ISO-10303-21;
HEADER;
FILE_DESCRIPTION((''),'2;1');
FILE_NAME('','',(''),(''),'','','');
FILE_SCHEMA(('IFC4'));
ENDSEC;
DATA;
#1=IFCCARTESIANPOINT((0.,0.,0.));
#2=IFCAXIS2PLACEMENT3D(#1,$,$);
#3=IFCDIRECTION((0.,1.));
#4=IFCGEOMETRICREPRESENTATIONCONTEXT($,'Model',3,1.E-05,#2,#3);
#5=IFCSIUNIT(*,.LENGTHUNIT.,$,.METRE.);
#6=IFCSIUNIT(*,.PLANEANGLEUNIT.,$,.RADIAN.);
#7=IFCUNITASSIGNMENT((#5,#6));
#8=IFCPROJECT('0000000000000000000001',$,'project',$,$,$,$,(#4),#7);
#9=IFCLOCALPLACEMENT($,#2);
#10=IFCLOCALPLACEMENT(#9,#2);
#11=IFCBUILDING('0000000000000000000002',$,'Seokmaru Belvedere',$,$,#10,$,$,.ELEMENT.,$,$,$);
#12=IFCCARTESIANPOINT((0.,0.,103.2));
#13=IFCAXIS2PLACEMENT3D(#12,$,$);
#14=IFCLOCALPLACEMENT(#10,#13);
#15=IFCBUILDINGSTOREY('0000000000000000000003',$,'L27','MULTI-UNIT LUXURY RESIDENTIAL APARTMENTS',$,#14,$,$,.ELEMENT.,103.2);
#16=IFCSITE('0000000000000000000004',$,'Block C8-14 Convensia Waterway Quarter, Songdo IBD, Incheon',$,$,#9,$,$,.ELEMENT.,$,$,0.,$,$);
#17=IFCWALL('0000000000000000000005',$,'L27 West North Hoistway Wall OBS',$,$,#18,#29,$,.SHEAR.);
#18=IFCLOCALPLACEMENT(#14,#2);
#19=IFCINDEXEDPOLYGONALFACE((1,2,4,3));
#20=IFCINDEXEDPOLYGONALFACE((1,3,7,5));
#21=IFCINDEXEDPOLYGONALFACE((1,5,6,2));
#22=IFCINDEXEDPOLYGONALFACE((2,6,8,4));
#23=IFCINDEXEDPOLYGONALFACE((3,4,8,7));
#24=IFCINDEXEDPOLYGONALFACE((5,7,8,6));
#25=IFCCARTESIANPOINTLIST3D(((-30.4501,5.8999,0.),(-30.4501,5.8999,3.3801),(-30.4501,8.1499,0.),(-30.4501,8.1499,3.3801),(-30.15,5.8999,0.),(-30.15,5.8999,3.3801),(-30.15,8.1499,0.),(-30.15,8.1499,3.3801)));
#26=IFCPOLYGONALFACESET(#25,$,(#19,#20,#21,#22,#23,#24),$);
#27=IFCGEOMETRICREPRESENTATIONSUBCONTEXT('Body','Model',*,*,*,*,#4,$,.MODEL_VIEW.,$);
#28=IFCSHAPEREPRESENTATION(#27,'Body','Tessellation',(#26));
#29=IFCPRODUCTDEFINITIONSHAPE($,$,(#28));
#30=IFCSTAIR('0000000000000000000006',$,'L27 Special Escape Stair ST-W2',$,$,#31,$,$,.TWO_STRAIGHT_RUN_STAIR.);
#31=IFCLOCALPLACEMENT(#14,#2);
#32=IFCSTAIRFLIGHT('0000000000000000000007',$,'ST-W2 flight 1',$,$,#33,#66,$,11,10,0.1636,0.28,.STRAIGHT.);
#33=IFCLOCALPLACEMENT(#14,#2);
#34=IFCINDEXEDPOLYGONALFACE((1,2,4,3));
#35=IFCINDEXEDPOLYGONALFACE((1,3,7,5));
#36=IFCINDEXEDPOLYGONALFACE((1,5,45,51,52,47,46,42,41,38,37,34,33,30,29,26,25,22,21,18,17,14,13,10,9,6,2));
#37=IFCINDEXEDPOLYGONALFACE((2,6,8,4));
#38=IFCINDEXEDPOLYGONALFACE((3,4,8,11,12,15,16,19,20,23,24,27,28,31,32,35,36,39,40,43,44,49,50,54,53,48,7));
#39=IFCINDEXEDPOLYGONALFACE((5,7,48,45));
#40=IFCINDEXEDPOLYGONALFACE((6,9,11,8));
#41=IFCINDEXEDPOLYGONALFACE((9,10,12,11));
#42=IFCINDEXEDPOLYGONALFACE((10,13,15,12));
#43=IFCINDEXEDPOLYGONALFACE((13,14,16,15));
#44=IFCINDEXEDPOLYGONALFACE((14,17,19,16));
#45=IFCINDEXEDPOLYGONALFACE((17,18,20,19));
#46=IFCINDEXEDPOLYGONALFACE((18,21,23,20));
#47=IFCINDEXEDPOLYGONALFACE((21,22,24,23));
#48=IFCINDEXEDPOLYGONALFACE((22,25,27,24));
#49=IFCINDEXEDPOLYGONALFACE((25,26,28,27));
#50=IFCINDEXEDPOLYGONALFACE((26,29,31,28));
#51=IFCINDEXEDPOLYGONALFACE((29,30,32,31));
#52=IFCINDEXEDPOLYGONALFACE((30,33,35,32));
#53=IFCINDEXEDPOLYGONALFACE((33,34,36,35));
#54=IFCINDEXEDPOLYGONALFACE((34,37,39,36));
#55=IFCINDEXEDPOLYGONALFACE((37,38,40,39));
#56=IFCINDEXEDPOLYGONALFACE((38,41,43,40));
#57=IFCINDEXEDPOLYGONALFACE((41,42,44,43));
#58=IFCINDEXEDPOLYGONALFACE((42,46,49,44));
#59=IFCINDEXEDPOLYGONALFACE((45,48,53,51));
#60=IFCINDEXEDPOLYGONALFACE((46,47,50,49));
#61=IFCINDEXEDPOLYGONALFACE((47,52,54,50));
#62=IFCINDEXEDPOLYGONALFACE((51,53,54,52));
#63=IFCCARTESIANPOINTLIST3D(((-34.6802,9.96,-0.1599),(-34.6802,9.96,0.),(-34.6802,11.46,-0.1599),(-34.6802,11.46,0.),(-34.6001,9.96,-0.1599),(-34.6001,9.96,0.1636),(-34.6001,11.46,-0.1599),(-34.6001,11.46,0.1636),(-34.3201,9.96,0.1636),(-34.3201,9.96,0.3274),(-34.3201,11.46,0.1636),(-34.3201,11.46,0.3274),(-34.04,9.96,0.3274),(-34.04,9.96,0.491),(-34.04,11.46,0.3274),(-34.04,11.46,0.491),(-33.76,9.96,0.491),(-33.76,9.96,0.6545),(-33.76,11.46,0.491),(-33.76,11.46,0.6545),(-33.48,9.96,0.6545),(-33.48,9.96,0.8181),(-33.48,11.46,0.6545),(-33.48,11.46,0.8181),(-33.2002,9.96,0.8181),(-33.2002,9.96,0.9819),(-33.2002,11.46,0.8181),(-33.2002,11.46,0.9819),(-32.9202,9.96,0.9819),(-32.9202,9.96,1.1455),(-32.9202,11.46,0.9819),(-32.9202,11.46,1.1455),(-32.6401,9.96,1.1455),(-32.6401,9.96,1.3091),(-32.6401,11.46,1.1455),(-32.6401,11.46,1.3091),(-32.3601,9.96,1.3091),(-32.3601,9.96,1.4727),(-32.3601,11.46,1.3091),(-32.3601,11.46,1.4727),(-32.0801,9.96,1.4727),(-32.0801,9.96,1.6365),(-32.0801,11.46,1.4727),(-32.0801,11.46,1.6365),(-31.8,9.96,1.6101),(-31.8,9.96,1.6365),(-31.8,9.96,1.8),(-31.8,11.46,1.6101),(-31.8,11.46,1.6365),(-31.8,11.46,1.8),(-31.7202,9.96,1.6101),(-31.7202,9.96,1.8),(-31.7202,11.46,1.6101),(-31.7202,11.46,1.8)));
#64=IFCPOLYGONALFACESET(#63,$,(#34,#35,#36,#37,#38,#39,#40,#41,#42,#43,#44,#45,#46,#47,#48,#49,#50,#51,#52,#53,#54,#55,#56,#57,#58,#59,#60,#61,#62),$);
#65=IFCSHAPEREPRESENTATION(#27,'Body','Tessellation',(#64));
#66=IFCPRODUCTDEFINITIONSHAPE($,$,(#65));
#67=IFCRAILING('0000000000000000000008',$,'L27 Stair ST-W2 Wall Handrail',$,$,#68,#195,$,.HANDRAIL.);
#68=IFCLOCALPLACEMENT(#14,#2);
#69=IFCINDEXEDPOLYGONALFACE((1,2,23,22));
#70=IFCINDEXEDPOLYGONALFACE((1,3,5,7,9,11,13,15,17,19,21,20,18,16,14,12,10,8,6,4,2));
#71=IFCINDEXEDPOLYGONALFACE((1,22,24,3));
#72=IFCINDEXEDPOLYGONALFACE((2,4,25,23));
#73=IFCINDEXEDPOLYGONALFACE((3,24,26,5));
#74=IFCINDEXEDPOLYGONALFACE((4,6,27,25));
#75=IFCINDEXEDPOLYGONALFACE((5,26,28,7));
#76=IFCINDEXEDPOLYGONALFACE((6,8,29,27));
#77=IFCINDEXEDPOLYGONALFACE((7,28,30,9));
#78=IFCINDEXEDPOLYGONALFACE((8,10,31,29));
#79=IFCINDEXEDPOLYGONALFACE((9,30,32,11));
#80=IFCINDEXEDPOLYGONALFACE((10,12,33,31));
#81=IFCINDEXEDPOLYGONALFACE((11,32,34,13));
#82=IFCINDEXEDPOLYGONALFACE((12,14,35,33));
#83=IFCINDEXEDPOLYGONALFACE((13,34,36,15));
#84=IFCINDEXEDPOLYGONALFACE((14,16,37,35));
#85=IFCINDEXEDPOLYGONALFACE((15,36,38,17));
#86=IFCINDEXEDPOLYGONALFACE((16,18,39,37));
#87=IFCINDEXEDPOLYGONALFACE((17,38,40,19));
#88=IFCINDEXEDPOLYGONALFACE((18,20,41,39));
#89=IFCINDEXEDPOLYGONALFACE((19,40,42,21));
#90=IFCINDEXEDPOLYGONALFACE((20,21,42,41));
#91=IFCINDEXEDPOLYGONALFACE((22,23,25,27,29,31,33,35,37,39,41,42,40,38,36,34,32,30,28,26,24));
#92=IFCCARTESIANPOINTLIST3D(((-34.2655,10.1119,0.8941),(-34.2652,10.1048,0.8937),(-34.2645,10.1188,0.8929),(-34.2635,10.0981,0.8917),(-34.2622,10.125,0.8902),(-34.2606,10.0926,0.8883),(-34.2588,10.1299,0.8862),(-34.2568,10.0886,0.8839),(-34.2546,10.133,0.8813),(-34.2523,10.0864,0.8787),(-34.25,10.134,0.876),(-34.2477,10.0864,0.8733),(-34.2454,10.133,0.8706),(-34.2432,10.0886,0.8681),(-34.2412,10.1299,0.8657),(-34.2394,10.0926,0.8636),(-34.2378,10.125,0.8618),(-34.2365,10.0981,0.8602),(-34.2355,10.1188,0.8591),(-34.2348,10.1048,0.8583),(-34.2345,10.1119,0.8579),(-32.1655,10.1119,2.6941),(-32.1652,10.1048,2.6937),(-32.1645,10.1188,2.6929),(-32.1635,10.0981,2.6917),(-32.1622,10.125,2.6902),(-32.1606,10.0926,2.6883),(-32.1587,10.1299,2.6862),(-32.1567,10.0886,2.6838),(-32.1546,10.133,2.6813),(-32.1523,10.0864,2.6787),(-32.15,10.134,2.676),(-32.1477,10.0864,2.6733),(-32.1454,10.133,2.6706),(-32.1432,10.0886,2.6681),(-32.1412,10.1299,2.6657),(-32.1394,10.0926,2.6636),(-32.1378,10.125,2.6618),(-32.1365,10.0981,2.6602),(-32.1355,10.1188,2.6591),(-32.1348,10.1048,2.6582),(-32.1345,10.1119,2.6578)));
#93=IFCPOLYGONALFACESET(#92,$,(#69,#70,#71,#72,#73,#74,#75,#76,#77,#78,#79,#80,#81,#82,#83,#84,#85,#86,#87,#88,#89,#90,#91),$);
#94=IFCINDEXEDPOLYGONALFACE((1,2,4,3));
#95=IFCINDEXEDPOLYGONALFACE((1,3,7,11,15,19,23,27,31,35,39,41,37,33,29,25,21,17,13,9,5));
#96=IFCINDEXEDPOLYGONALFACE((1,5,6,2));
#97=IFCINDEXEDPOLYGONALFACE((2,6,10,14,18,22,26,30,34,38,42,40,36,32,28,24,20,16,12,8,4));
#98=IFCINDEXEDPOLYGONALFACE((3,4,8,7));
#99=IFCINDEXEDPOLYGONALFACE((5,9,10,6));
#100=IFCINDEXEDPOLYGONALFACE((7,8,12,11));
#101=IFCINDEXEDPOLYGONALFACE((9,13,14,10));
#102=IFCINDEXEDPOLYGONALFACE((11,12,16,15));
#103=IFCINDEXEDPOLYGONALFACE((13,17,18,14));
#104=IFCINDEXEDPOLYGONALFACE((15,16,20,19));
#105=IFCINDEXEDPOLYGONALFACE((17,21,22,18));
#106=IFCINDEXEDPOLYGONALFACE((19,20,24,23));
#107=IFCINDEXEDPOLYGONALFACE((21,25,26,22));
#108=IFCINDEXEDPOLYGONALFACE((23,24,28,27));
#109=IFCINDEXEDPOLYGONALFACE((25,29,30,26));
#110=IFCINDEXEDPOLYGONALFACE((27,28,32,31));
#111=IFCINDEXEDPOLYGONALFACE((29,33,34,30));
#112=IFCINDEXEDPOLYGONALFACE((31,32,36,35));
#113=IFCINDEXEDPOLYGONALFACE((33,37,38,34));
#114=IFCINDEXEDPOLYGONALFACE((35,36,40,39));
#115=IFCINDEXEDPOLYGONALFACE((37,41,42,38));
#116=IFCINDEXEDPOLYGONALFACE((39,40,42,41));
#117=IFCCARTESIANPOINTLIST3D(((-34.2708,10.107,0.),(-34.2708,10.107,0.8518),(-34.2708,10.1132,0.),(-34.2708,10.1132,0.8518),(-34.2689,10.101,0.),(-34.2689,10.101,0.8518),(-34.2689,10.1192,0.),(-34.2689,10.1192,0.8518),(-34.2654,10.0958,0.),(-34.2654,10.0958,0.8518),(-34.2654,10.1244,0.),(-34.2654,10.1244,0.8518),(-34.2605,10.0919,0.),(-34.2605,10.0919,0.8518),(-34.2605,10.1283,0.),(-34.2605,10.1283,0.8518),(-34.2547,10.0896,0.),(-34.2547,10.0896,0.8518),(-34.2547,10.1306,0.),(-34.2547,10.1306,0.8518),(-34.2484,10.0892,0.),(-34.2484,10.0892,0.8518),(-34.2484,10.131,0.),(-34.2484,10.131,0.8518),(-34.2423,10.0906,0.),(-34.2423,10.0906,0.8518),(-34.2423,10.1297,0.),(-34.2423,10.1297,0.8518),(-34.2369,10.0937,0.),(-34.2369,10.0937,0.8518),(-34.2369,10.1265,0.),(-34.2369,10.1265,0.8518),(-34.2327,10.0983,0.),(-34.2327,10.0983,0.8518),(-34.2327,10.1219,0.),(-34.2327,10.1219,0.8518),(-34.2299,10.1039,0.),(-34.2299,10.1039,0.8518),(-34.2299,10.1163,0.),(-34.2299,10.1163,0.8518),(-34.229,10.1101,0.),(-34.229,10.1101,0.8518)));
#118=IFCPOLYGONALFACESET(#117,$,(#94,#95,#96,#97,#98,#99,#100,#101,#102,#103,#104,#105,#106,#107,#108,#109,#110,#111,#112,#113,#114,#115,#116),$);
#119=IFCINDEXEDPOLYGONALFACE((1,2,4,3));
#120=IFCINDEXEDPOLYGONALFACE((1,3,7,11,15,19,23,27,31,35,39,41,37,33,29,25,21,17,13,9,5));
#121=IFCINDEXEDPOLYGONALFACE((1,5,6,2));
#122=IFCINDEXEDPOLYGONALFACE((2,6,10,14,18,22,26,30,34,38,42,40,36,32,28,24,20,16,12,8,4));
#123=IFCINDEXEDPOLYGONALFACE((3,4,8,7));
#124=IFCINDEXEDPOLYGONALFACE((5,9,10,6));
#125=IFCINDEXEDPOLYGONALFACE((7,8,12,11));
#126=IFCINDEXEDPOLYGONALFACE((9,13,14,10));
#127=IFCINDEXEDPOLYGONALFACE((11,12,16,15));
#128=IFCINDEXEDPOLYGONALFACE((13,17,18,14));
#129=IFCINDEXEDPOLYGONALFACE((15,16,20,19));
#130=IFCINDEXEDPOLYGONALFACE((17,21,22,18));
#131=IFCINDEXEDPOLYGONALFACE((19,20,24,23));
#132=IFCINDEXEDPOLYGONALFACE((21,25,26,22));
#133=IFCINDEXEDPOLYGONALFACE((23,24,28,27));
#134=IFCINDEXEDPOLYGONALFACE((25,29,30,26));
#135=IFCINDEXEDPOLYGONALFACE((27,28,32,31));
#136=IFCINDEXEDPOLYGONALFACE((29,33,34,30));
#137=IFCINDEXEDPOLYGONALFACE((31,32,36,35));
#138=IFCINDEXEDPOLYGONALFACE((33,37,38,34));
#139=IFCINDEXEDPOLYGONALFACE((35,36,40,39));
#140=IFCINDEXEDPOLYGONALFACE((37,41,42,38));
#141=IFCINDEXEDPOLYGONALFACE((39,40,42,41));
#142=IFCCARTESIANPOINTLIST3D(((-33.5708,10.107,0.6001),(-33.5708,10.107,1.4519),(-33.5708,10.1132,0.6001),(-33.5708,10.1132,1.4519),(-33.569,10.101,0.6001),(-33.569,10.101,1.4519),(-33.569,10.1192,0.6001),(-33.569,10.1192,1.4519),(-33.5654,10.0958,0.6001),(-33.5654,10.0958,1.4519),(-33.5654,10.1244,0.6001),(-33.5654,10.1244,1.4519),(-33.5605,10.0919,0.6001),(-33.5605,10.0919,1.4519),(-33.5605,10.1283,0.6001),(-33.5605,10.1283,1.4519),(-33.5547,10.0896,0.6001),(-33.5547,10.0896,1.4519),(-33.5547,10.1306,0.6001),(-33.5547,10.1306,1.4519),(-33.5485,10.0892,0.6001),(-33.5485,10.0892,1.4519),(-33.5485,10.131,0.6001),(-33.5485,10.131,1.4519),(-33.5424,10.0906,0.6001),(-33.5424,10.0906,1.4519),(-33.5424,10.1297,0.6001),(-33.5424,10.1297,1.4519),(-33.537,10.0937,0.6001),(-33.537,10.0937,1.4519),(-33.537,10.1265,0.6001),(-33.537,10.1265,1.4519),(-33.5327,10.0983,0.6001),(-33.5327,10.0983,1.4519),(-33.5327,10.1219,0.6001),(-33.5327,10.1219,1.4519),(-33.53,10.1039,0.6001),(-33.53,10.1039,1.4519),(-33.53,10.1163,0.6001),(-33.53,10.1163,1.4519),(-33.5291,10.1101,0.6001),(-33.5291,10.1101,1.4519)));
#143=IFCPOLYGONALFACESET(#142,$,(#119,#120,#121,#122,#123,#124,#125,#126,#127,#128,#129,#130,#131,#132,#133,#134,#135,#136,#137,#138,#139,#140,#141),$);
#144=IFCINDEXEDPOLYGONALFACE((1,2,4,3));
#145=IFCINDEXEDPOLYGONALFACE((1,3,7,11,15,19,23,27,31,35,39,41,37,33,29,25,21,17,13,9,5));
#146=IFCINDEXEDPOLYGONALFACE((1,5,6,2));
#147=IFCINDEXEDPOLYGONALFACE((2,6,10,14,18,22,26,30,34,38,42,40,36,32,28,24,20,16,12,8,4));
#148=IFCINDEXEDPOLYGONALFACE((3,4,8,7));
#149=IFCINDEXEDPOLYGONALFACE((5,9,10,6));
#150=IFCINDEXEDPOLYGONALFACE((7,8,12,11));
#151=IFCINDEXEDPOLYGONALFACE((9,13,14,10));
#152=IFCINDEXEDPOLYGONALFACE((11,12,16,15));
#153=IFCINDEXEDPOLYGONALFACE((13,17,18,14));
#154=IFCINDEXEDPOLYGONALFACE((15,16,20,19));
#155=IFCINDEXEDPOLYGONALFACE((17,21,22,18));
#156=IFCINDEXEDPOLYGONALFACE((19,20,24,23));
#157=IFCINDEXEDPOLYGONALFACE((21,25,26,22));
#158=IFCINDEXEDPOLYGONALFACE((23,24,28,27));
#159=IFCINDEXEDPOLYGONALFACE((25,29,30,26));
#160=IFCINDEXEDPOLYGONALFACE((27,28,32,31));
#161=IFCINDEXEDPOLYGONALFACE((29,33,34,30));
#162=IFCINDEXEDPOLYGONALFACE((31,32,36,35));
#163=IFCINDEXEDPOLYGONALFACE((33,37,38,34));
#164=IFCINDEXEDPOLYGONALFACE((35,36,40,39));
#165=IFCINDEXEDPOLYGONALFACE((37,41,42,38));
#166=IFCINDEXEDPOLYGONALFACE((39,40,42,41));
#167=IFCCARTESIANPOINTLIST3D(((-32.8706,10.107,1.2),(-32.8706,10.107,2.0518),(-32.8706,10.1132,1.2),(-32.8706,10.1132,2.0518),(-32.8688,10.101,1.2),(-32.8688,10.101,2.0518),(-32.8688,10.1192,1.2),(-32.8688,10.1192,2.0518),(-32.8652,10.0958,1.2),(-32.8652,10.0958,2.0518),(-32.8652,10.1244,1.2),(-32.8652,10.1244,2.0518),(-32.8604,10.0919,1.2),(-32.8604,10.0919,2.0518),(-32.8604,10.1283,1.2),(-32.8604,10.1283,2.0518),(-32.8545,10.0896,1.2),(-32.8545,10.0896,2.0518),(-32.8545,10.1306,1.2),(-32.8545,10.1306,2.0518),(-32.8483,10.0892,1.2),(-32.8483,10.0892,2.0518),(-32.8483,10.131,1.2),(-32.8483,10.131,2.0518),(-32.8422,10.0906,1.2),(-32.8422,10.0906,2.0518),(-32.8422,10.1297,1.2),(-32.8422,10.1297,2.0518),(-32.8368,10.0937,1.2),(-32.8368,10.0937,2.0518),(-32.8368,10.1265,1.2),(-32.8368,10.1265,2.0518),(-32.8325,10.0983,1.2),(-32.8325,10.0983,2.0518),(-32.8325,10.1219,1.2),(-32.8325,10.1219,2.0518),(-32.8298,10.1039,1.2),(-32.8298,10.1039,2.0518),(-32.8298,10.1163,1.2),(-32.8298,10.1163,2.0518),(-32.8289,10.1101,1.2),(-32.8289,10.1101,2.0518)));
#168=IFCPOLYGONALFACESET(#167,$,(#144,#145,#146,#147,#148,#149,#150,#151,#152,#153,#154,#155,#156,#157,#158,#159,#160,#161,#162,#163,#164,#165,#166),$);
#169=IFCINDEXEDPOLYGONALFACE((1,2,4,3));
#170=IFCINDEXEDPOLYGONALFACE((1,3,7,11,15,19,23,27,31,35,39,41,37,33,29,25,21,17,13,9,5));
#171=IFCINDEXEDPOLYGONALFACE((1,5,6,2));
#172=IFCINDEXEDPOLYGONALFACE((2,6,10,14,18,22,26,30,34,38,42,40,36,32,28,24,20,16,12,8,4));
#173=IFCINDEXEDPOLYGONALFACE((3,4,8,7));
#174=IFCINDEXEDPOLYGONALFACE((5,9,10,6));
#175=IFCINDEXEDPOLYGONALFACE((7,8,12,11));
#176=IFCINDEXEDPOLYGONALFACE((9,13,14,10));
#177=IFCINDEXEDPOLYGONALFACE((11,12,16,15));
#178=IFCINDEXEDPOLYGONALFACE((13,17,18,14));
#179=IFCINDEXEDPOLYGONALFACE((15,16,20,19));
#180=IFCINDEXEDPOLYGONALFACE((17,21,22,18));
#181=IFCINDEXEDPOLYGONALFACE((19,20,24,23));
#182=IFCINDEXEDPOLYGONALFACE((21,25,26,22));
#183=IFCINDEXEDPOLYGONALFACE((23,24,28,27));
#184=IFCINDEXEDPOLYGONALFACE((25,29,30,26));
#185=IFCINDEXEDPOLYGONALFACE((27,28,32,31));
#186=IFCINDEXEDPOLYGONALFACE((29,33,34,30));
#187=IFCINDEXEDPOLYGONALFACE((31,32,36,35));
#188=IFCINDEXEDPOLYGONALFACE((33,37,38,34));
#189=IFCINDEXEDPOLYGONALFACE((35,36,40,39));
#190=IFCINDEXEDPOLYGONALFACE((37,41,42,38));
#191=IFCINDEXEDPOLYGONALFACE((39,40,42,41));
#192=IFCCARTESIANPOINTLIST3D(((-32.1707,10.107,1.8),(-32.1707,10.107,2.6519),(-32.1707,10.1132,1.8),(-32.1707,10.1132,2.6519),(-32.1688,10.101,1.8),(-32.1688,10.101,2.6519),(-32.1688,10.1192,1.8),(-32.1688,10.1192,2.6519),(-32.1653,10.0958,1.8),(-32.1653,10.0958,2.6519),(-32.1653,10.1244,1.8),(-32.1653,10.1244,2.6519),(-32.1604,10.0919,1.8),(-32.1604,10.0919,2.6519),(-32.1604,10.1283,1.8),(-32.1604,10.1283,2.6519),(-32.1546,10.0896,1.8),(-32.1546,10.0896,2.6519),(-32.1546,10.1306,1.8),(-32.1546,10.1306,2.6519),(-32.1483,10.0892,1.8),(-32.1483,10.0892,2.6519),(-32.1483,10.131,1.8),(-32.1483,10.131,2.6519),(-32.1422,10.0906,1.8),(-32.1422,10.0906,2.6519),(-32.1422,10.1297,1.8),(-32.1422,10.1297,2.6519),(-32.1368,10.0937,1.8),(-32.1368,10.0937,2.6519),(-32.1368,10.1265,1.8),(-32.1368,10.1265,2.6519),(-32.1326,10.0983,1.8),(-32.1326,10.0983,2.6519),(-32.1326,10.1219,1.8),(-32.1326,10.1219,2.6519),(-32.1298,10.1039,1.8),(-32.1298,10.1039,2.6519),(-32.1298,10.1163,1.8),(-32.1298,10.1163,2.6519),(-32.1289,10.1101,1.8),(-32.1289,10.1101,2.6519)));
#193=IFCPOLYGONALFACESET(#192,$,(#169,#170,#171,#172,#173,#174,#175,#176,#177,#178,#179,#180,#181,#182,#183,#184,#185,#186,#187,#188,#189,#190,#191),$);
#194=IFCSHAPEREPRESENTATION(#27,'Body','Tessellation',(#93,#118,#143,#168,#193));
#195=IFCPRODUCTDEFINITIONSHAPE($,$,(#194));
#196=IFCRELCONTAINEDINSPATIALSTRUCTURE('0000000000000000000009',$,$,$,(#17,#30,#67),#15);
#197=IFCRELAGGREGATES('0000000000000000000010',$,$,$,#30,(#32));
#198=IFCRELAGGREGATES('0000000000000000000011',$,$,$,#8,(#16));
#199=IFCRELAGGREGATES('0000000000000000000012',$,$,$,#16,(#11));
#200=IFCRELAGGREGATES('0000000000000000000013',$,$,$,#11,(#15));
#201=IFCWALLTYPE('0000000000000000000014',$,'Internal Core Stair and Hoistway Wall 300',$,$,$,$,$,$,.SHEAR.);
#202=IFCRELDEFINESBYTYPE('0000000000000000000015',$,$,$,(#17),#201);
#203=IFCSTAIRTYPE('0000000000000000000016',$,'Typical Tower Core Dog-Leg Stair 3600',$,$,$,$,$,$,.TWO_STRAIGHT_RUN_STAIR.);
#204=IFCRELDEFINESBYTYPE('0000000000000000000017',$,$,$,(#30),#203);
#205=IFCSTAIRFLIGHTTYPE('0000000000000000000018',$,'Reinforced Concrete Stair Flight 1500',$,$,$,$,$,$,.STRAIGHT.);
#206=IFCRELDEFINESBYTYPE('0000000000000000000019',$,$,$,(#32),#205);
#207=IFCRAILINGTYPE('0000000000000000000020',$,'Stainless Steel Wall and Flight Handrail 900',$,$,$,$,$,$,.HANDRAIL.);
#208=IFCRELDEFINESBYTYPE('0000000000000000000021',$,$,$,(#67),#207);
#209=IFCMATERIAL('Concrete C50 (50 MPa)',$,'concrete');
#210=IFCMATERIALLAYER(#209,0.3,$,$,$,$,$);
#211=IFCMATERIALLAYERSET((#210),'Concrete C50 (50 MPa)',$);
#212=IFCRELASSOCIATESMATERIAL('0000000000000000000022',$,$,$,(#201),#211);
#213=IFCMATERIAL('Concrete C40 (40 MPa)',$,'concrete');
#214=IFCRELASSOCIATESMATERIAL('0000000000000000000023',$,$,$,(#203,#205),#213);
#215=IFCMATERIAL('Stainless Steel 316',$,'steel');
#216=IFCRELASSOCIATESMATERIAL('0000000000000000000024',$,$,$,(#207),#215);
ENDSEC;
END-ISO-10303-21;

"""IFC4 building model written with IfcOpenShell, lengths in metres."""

from ifc_helpers import new_model, si_unit, direction, frame, frame_2d, origin, origin_2d, place, context, subcontext, project, spatial, polyline, rectangle, circle, outline, extrude, material, layer, layer_set, type_object, element, aggregate, save


model = new_model("IFC4")

# Units and contexts
model_context = context("Model", 3, precision=1e-05, world=origin(), true_north=direction((0.0, 1.0)))
body_context = subcontext(model_context, "Body", "Model", "MODEL_VIEW")
ifc_project = project(units=[si_unit("LENGTHUNIT", "METRE"), si_unit("PLANEANGLEUNIT", "RADIAN")], contexts=[model_context])

# Site, building, storey
site_placement = place(None, origin())
site = spatial("IfcSite", under=ifc_project, at=site_placement, Name="Block C8-14 Convensia Waterway Quarter, Songdo IBD, Incheon", CompositionType="ELEMENT", RefElevation=0.0)
building_placement = place(site_placement, origin())
building = spatial("IfcBuilding", under=site, at=building_placement, Name="Seokmaru Belvedere", CompositionType="ELEMENT")
storey_placement = place(building_placement, frame((0.0, 0.0, 103.2)))
storey = spatial("IfcBuildingStorey", under=building, at=storey_placement, Name="L27", Description="MULTI-UNIT LUXURY RESIDENTIAL APARTMENTS", CompositionType="ELEMENT", Elevation=103.2)

# Shared definitions
ifc_material_1 = material(Name="Concrete C50 (50 MPa)", Category="concrete")

# Shared definitions
ifc_layer_1 = layer(ifc_material_1, 0.3)
ifc_layer_set_1 = layer_set([ifc_layer_1], Name="Concrete C50 (50 MPa)")
wall_type_1 = type_object("IfcWallType", Name="Internal Core Stair and Hoistway Wall 300", PredefinedType="SHEAR", material=ifc_layer_set_1)

# Wall
wall_1_placement = place(storey_placement, frame((-30.3, 5.8999, 0.0), z_axis=(0.0, 0.0, 1.0), x_axis=(0.0, 1.0, 0.0)))
element("IfcWall", 1, at=wall_1_placement, inside=storey, type_object=wall_type_1, Name="L27 West North Hoistway Wall OBS", PredefinedType="SHEAR", context=body_context, shape_type="SweptSolid", body=[
    extrude(rectangle(XDim=2.25, YDim=0.3, at=frame_2d((1.125, 0.0))), origin(), (0.0, 0.0, 1.0), 3.3801),
])

# Stair, stair flight
ifc_material_2 = material(Name="Concrete C40 (40 MPa)", Category="concrete")
stair_type = type_object("IfcStairType", Name="Typical Tower Core Dog-Leg Stair 3600", PredefinedType="TWO_STRAIGHT_RUN_STAIR", material=ifc_material_2)
stair_placement = place(storey_placement, origin())
stair = element("IfcStair", 2, at=stair_placement, inside=storey, type_object=stair_type, Name="L27 Special Escape Stair ST-W2", PredefinedType="TWO_STRAIGHT_RUN_STAIR")
stair_flight_type = type_object("IfcStairFlightType", Name="Reinforced Concrete Stair Flight 1500", PredefinedType="STRAIGHT", material=ifc_material_2)
stair_flight_placement = place(storey_placement, frame((-34.6001, 10.71, 0.0), z_axis=(0.0, 0.0, 1.0), x_axis=(1.0, 0.0, 0.0)))
stair_flight = element("IfcStairFlight", 3, at=stair_flight_placement, type_object=stair_flight_type, Name="ST-W2 flight 1", NumberOfRisers=11, NumberOfTreads=10, PredefinedType="STRAIGHT", RiserHeight=0.1636, TreadLength=0.28, context=body_context, shape_type="SweptSolid", body=[
    extrude(outline(polyline([(-0.0801, 0.0), (0.0, 0.1636), (0.28, 0.1636), (0.28, 0.3274), (0.5601, 0.3274), (0.5601, 0.491), (0.8401, 0.491), (0.8401, 0.6545), (1.1201, 0.6545), (1.1201, 0.8181), (1.3999, 0.8181), (1.3999, 0.9819), (1.6799, 0.9819), (1.6799, 1.1455), (1.96, 1.1455), (1.96, 1.3091), (2.24, 1.3091), (2.24, 1.4727), (2.52, 1.4727), (2.52, 1.6365), (2.8, 1.6365), (2.8, 1.8), (2.8799, 1.8), (2.8799, 1.6101), (2.8, 1.6101), (0.0, -0.1599), (-0.0801, -0.1599), (-0.0801, 0.0)])), frame((0.0, 0.75, 0.0), z_axis=(0.0, -1.0, 0.0), x_axis=(1.0, 0.0, 0.0)), (0.0, 0.0, 1.0), 1.5),
])
aggregate(stair, [stair_flight])

# Railing
ifc_material_3 = material(Name="Stainless Steel 316", Category="steel")
railing_type_1 = type_object("IfcRailingType", Name="Stainless Steel Wall and Flight Handrail 900", PredefinedType="HANDRAIL", material=ifc_material_3)
railing_1_placement = place(storey_placement, frame((-34.25, 10.1101, 0.0)))
element("IfcRailing", 4, at=railing_1_placement, inside=storey, type_object=railing_type_1, Name="L27 Stair ST-W2 Wall Handrail", PredefinedType="HANDRAIL", context=body_context, shape_type="SweptSolid", body=[
    extrude(circle(Radius=0.0239, at=origin_2d()), frame((0.0, 0.0, 0.876), z_axis=(0.759263, 0.0, 0.650784), x_axis=(0.0, 1.0, 0.0)), (0.0, 0.0, 1.0), 2.7659),
    extrude(circle(Radius=0.021, at=origin_2d()), origin(), (0.0, 0.0, 1.0), 0.8518),
    extrude(circle(Radius=0.021, at=origin_2d()), frame((0.7, 0.0, 0.6001)), (0.0, 0.0, 1.0), 0.8518),
    extrude(circle(Radius=0.021, at=origin_2d()), frame((1.4001, 0.0, 1.2)), (0.0, 0.0, 1.0), 0.8518),
    extrude(circle(Radius=0.021, at=origin_2d()), frame((2.1001, 0.0, 1.8)), (0.0, 0.0, 1.0), 0.8518),
])

save(model, "model.ifc")
